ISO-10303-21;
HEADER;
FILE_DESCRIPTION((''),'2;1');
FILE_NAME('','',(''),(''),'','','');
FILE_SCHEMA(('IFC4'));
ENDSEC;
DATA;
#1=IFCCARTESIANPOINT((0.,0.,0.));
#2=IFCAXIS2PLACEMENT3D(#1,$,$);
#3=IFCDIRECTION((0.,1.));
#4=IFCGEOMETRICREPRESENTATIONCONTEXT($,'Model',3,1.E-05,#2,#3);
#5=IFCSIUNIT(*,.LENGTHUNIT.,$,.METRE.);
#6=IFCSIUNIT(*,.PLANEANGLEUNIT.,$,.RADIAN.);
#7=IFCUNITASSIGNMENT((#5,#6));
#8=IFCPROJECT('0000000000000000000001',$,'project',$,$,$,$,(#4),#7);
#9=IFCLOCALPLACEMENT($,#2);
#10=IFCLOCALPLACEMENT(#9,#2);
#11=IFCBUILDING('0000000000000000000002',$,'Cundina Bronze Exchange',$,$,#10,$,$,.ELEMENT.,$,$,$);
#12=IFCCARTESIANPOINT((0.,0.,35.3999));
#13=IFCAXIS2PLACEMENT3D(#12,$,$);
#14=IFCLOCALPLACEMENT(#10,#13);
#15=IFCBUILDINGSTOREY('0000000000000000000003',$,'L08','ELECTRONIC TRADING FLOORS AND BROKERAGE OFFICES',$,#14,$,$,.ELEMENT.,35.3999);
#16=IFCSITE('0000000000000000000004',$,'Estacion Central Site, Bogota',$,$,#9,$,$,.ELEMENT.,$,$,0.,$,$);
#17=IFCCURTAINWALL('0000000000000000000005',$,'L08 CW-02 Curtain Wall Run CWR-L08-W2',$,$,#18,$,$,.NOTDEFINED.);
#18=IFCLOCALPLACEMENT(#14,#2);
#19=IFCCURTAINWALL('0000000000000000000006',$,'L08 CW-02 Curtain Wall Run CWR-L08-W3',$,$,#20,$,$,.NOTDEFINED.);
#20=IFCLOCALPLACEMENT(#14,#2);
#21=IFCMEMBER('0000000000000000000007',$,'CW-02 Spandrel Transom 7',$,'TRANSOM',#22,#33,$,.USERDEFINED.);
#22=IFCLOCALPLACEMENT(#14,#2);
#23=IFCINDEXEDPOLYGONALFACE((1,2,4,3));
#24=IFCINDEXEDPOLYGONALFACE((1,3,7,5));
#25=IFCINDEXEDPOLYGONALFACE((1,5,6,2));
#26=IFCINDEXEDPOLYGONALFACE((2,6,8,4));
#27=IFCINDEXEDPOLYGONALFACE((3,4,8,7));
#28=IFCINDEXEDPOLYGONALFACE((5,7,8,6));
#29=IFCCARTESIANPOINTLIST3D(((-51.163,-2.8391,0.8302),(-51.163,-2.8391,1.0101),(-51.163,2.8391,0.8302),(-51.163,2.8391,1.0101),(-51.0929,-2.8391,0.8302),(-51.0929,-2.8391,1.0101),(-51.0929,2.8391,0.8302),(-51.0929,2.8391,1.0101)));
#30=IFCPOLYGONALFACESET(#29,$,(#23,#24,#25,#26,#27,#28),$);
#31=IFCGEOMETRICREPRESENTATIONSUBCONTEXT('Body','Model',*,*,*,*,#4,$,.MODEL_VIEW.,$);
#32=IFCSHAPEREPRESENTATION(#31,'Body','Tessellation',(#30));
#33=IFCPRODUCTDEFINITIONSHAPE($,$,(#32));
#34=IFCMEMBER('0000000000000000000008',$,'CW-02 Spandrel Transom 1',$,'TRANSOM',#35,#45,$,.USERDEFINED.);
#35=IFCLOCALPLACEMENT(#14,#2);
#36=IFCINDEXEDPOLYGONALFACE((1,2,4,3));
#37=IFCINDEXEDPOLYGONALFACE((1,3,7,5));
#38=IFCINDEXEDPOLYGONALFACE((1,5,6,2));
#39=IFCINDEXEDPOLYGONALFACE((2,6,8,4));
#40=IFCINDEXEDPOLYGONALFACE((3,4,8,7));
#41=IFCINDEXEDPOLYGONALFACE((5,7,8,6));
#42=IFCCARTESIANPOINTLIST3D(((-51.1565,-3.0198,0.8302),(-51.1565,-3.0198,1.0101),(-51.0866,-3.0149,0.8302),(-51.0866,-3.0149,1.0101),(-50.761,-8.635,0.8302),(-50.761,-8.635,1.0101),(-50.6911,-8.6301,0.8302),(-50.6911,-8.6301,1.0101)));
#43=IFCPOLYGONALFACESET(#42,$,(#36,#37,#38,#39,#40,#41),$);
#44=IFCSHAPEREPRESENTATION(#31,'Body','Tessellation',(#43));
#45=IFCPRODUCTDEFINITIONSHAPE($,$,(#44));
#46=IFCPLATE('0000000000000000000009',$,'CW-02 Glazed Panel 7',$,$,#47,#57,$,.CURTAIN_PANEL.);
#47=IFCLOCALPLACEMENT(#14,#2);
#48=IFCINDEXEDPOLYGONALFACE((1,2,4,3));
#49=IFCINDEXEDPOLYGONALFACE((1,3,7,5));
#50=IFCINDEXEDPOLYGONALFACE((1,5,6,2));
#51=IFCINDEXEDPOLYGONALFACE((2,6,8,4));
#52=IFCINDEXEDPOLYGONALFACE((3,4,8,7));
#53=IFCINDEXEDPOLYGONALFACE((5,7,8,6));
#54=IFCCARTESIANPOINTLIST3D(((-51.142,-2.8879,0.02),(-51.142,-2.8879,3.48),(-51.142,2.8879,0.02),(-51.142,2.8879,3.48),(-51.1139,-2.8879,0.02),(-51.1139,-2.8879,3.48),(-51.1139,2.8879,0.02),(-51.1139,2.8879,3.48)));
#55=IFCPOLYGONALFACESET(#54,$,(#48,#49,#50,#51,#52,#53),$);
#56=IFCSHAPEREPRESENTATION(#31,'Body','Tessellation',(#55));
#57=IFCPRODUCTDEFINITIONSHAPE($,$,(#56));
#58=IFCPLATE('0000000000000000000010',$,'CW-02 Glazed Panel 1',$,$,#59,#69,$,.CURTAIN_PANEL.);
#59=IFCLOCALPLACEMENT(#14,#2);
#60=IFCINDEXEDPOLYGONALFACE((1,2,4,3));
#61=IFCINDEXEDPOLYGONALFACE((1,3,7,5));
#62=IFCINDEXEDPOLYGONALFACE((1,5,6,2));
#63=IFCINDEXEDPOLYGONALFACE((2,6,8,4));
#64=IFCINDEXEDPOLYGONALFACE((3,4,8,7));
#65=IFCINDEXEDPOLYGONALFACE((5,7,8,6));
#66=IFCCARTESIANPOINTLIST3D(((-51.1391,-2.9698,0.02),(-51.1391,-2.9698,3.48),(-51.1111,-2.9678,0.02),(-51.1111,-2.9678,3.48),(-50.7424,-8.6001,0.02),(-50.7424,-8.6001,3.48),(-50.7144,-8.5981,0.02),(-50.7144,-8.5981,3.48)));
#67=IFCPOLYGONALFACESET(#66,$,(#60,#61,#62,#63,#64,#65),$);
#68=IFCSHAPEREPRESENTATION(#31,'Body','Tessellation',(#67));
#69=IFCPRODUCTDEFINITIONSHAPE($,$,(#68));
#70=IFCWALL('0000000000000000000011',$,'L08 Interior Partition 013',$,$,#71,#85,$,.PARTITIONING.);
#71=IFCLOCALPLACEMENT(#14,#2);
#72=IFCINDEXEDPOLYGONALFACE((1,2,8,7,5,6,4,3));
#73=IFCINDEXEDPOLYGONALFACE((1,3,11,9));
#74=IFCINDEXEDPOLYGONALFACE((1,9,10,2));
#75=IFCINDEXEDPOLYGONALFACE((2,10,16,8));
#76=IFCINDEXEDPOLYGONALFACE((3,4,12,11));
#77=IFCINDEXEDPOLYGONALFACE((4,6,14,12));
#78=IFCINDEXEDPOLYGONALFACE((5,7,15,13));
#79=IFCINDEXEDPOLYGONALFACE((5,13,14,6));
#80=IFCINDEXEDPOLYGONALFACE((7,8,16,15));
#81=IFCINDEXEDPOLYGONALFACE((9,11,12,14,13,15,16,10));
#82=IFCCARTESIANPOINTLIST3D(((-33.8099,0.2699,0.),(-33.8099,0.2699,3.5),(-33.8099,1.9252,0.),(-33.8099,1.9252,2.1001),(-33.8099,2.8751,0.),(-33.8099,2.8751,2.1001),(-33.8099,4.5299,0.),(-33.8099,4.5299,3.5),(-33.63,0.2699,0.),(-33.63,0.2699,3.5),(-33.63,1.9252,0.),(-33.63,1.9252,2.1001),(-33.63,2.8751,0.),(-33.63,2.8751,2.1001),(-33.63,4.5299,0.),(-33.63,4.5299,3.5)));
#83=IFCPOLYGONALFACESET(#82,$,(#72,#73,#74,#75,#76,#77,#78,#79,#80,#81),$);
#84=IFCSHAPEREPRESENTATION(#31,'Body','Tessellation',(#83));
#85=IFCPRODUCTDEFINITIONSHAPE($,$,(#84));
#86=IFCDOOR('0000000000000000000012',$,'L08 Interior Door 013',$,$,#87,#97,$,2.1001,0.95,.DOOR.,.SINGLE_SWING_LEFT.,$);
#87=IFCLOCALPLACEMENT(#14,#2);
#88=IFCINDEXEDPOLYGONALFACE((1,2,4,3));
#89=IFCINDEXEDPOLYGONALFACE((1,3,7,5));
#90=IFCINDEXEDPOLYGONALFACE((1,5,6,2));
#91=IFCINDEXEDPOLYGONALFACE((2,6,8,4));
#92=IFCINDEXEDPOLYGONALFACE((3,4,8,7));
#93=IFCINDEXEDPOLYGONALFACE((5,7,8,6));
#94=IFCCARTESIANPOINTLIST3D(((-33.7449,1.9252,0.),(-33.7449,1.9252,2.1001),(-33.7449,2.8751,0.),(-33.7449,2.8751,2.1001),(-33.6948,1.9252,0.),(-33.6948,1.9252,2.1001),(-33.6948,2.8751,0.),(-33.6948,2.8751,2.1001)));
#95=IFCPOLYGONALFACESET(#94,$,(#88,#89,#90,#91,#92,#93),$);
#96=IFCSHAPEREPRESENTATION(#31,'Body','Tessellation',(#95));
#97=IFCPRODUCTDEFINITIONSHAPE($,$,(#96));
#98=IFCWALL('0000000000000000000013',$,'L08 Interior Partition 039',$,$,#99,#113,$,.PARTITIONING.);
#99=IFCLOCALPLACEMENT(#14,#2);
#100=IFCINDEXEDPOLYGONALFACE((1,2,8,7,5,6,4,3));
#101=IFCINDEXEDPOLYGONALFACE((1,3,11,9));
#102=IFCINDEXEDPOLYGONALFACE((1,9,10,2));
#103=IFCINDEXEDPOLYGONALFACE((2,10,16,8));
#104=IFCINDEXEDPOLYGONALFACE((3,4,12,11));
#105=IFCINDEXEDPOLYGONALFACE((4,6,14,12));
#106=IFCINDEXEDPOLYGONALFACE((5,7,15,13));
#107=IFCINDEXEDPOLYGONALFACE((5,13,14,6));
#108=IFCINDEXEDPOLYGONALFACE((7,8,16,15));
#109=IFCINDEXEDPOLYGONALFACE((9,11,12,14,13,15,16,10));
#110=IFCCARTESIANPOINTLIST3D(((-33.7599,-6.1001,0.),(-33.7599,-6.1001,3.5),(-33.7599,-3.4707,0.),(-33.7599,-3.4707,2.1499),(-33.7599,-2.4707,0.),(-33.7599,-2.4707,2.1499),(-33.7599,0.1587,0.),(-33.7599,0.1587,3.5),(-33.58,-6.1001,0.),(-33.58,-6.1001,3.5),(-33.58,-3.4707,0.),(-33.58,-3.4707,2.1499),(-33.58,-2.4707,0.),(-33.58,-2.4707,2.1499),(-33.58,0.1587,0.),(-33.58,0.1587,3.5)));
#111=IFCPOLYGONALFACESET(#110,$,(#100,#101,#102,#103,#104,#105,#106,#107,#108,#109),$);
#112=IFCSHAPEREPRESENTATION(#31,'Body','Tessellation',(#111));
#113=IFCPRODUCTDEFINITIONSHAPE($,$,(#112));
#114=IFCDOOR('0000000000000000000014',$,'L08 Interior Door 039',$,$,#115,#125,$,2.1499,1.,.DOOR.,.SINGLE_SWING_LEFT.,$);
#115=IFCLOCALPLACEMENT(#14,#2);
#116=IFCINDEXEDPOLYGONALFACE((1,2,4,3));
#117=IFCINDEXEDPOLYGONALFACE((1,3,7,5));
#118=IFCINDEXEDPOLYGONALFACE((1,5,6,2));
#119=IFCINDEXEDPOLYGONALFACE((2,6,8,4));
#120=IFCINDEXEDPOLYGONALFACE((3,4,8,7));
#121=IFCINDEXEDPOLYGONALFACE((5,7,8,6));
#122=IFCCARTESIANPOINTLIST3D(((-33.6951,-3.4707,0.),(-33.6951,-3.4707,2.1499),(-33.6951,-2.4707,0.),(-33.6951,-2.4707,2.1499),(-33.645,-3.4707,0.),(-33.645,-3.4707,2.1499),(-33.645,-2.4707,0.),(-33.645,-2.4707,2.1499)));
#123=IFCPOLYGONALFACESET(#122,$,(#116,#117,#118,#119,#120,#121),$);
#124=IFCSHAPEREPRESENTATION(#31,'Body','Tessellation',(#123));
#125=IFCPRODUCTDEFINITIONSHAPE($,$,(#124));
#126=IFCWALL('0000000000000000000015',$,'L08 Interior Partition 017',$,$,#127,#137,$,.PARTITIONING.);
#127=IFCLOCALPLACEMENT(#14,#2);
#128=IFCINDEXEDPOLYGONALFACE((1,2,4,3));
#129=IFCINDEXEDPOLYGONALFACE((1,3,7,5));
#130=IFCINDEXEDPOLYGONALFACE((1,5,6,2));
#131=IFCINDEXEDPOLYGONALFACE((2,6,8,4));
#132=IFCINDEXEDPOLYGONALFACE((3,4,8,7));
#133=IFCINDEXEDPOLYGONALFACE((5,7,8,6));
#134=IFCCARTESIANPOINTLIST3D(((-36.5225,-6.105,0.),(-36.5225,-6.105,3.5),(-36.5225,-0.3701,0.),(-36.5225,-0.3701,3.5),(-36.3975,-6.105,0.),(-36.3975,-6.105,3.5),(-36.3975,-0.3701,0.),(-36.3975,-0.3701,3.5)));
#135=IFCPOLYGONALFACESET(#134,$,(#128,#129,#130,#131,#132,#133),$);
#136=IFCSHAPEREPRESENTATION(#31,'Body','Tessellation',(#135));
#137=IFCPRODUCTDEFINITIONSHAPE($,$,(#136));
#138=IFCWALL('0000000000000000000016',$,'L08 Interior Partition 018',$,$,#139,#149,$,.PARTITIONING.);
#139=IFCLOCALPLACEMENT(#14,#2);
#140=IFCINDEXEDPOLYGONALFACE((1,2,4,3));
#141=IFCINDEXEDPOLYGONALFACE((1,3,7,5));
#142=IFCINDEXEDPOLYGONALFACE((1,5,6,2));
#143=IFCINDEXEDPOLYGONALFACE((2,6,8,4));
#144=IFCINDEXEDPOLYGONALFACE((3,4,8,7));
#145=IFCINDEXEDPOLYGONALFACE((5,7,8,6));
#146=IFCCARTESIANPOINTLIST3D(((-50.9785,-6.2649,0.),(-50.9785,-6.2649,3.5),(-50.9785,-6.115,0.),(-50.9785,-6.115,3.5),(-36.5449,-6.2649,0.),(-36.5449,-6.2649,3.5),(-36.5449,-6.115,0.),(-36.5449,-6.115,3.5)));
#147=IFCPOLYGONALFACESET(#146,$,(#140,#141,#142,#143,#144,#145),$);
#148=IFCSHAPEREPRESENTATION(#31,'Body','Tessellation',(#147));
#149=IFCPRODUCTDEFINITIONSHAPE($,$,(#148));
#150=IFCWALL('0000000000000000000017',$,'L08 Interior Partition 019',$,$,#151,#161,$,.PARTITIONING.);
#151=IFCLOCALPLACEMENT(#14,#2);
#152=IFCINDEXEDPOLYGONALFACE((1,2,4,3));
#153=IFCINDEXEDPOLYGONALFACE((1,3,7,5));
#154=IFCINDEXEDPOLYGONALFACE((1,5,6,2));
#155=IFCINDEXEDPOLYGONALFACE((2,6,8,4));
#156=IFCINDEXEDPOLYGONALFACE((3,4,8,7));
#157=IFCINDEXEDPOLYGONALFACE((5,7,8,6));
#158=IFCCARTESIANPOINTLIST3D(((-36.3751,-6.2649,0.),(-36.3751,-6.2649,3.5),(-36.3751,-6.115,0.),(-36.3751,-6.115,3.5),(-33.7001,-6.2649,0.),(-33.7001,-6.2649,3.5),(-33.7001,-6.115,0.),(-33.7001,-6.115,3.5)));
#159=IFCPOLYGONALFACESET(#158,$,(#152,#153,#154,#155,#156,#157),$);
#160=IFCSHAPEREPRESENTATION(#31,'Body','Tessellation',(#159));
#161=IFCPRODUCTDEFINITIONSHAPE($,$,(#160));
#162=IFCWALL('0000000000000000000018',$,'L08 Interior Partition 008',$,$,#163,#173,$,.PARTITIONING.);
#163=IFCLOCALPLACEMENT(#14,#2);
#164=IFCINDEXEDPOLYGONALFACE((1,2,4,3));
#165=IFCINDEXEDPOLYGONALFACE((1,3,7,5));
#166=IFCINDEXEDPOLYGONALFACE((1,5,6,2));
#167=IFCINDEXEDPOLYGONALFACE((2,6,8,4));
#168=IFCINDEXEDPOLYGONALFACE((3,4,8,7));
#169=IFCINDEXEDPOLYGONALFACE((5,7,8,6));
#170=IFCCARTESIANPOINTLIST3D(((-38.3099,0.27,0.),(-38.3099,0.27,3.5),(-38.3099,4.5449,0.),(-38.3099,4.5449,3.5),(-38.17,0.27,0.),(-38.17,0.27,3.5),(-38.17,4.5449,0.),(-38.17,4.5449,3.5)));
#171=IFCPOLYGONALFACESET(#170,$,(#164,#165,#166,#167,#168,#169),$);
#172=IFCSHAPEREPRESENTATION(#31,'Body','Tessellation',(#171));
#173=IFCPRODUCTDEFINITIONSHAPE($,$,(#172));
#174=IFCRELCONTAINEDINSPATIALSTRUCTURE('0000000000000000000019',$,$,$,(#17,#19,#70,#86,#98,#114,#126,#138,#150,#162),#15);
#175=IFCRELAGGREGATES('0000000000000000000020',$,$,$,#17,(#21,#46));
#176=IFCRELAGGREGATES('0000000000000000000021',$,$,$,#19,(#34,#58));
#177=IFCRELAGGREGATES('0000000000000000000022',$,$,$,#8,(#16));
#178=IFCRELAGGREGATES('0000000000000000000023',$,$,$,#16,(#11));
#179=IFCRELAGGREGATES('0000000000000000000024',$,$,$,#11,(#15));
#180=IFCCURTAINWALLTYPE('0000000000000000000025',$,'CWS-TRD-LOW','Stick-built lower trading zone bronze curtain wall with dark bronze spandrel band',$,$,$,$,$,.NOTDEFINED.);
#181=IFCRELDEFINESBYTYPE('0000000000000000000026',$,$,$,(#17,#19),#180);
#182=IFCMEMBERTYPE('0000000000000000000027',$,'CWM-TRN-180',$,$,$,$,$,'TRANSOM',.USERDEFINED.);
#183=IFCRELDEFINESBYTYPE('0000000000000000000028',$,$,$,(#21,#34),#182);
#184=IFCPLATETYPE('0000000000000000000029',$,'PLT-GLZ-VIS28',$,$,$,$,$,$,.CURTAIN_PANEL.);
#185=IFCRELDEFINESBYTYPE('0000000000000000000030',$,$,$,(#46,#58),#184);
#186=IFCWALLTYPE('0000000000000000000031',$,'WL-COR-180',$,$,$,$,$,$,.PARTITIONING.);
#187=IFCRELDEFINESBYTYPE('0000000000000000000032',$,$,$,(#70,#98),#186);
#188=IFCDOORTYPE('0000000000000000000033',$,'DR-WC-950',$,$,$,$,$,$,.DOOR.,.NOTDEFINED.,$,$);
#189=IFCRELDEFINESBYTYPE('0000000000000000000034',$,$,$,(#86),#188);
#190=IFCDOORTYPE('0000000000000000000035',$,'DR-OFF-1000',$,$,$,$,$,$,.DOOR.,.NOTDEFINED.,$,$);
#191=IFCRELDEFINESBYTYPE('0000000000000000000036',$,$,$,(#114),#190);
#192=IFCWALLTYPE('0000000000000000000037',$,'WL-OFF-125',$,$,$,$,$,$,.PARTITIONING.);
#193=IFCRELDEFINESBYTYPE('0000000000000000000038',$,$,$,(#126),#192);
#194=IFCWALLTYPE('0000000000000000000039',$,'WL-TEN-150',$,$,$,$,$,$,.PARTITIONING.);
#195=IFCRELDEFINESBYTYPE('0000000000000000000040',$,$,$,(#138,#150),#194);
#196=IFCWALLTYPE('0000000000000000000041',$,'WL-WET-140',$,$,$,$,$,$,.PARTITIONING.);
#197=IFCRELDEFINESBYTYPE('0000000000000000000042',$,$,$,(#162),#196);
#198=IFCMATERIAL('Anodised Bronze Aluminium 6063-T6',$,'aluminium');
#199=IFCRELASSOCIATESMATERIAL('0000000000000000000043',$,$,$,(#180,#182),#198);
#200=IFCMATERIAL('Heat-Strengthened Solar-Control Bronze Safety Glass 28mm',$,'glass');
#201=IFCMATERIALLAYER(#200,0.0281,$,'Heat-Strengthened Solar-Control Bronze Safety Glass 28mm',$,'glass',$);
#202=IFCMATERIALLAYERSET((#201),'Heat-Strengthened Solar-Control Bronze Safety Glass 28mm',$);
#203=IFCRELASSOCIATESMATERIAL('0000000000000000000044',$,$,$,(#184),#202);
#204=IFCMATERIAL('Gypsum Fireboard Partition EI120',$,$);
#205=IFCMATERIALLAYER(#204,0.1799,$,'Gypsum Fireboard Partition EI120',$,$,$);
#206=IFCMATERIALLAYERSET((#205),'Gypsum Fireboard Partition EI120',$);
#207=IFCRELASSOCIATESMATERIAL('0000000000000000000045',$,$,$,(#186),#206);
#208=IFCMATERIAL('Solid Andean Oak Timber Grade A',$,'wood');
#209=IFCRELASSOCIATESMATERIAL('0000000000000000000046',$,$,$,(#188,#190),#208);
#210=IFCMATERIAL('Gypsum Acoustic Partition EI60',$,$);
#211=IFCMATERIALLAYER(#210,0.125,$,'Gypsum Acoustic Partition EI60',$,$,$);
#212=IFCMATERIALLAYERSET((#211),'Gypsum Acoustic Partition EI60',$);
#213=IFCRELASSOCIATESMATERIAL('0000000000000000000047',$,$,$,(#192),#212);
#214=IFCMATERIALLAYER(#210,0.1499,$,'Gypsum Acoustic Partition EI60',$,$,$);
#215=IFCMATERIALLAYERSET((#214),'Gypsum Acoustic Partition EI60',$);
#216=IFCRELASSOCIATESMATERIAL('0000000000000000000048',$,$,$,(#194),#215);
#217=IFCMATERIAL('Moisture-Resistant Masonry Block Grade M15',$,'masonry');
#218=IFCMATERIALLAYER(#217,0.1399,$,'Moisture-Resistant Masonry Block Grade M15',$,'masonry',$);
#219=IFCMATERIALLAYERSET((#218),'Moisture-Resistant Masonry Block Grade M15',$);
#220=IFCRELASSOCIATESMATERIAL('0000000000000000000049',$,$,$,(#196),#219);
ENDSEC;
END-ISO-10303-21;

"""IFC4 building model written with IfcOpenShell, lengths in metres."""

from ifc_helpers import new_model, si_unit, direction, frame, frame_2d, origin, origin_2d, place, context, subcontext, project, spatial, rectangle, extrude, material, layer, layer_set, material_profile, profile_set, type_object, element, fill, aggregate, save


model = new_model("IFC4")

# Units and contexts
model_context = context("Model", 3, precision=1e-05, world=origin(), true_north=direction((0.0, 1.0)))
body_context = subcontext(model_context, "Body", "Model", "MODEL_VIEW")
ifc_project = project(units=[si_unit("LENGTHUNIT", "METRE"), si_unit("PLANEANGLEUNIT", "RADIAN")], contexts=[model_context])

# Site, building, storey
site_placement = place(None, origin())
site = spatial("IfcSite", under=ifc_project, at=site_placement, Name="Estacion Central Site, Bogota", CompositionType="ELEMENT", RefElevation=0.0)
building_placement = place(site_placement, origin())
building = spatial("IfcBuilding", under=site, at=building_placement, Name="Cundina Bronze Exchange", CompositionType="ELEMENT")
storey_placement = place(building_placement, frame((0.0, 0.0, 35.3999)))
storey = spatial("IfcBuildingStorey", under=building, at=storey_placement, Name="L08", Description="ELECTRONIC TRADING FLOORS AND BROKERAGE OFFICES", CompositionType="ELEMENT", Elevation=35.3999)

# Curtain walls
ifc_material_1 = material(Name="Anodised Bronze Aluminium 6063-T6", Category="aluminium")
curtain_wall_type = type_object("IfcCurtainWallType", Name="CWS-TRD-LOW", Description="Stick-built lower trading zone bronze curtain wall with dark bronze spandrel band", PredefinedType="NOTDEFINED", material=ifc_material_1)
curtain_wall_1_placement = place(storey_placement, origin())
curtain_wall_1 = element("IfcCurtainWall", 1, at=curtain_wall_1_placement, inside=storey, type_object=curtain_wall_type, Name="L08 CW-02 Curtain Wall Run CWR-L08-W2", PredefinedType="NOTDEFINED")
curtain_wall_2_placement = place(storey_placement, origin())
curtain_wall_2 = element("IfcCurtainWall", 2, at=curtain_wall_2_placement, inside=storey, type_object=curtain_wall_type, Name="L08 CW-02 Curtain Wall Run CWR-L08-W3", PredefinedType="NOTDEFINED")

# Members
ifc_material_profile_1 = material_profile(ifc_material_1, rectangle(XDim=0.0701, YDim=0.1799, at=origin_2d()), Name="AL70X180", Category="aluminium")
ifc_profile_set_1 = profile_set([ifc_material_profile_1], Name="Anodised Bronze Aluminium 6063-T6")
member_type_1 = type_object("IfcMemberType", Name="CWM-TRN-180", ElementType="TRANSOM", PredefinedType="USERDEFINED", material=ifc_profile_set_1)
member_1_placement = place(storey_placement, frame((-51.1279, 2.8391, 0.9202), z_axis=(0.0, -1.0, 0.0), x_axis=(1.0, 0.0, 0.0)))
member_1 = element("IfcMember", 3, at=member_1_placement, type_object=member_type_1, Name="CW-02 Spandrel Transom 7", ObjectType="TRANSOM", PredefinedType="USERDEFINED", context=body_context, shape_type="SweptSolid", body=[
    extrude(rectangle(XDim=0.0701, YDim=0.1799, at=origin_2d()), origin(), (0.0, 0.0, 1.0), 5.6782),
])
member_2_placement = place(storey_placement, frame((-51.1216, -3.0173, 0.9202), z_axis=(0.070261, -0.997529, 0.0), x_axis=(0.997529, 0.070261, 0.0)))
member_2 = element("IfcMember", 4, at=member_2_placement, type_object=member_type_1, Name="CW-02 Spandrel Transom 1", ObjectType="TRANSOM", PredefinedType="USERDEFINED", context=body_context, shape_type="SweptSolid", body=[
    extrude(rectangle(XDim=0.0701, YDim=0.1799, at=origin_2d()), origin(), (0.0, 0.0, 1.0), 5.6292),
])

# Plates
ifc_material_2 = material(Name="Heat-Strengthened Solar-Control Bronze Safety Glass 28mm", Category="glass")
ifc_layer_1 = layer(ifc_material_2, 0.0281, Name="Heat-Strengthened Solar-Control Bronze Safety Glass 28mm", Category="glass")
ifc_layer_set_1 = layer_set([ifc_layer_1], Name="Heat-Strengthened Solar-Control Bronze Safety Glass 28mm")
plate_type = type_object("IfcPlateType", Name="PLT-GLZ-VIS28", PredefinedType="CURTAIN_PANEL", material=ifc_layer_set_1)
plate_1_placement = place(storey_placement, frame((-51.1279, 0.0, 0.02), z_axis=(0.0, 0.0, 1.0), x_axis=(0.0, -1.0, 0.0)))
plate_1 = element("IfcPlate", 5, at=plate_1_placement, type_object=plate_type, Name="CW-02 Glazed Panel 7", PredefinedType="CURTAIN_PANEL", context=body_context, shape_type="SweptSolid", body=[
    extrude(rectangle(XDim=5.7759, YDim=0.0281, at=origin_2d()), origin(), (0.0, 0.0, 1.0), 3.46),
])
aggregate(curtain_wall_1, [member_1, plate_1])
plate_2_placement = place(storey_placement, frame((-50.9268, -5.7839, 0.02), z_axis=(0.0, 0.0, 1.0), x_axis=(0.070279, -0.997527, 0.0)))
plate_2 = element("IfcPlate", 6, at=plate_2_placement, type_object=plate_type, Name="CW-02 Glazed Panel 1", PredefinedType="CURTAIN_PANEL", context=body_context, shape_type="SweptSolid", body=[
    extrude(rectangle(XDim=5.6443, YDim=0.0281, at=origin_2d()), origin(), (0.0, 0.0, 1.0), 3.46),
])
aggregate(curtain_wall_2, [member_2, plate_2])

# Walls, openings, doors
ifc_material_3 = material(Name="Gypsum Fireboard Partition EI120")
ifc_layer_2 = layer(ifc_material_3, 0.1799, Name="Gypsum Fireboard Partition EI120")
ifc_layer_set_2 = layer_set([ifc_layer_2], Name="Gypsum Fireboard Partition EI120")
wall_type_1 = type_object("IfcWallType", Name="WL-COR-180", PredefinedType="PARTITIONING", material=ifc_layer_set_2)
wall_1_placement = place(storey_placement, frame((-33.72, 0.27, 0.0), z_axis=(0.0, 0.0, 1.0), x_axis=(0.0, 1.0, 0.0)))
wall_1 = element("IfcWall", 7, at=wall_1_placement, inside=storey, type_object=wall_type_1, Name="L08 Interior Partition 013", PredefinedType="PARTITIONING", context=body_context, shape_type="SweptSolid", body=[
    extrude(rectangle(XDim=4.26, YDim=0.1799, at=frame_2d((2.1299, 0.0))), origin(), (0.0, 0.0, 1.0), 3.5),
])
opening_1_placement = place(wall_1_placement, frame((1.655, 0.0, 0.0)))
opening_1 = element("IfcOpeningElement", 8, at=opening_1_placement, cuts=wall_1, PredefinedType="OPENING", context=body_context, shape_type="SweptSolid", body=[
    extrude(rectangle(XDim=0.95, YDim=2.1001, at=frame_2d((0.4751, 1.05))), frame((0.0, 0.0999, 0.0), z_axis=(0.0, -1.0, 0.0), x_axis=(1.0, 0.0, 0.0)), (0.0, 0.0, 1.0), 0.2),
])
ifc_material_4 = material(Name="Solid Andean Oak Timber Grade A", Category="wood")
door_type_1 = type_object("IfcDoorType", Name="DR-WC-950", OperationType="NOTDEFINED", PredefinedType="DOOR", material=ifc_material_4)
door_1_placement = place(opening_1_placement, origin())
door_1 = element("IfcDoor", 9, at=door_1_placement, inside=storey, type_object=door_type_1, Name="L08 Interior Door 013", OperationType="SINGLE_SWING_LEFT", OverallHeight=2.1001, OverallWidth=0.95, PredefinedType="DOOR", context=body_context, shape_type="SweptSolid", body=[
    extrude(rectangle(XDim=0.95, YDim=2.1001, at=frame_2d((0.4751, 1.05))), frame((0.0, 0.0249, 0.0), z_axis=(0.0, -1.0, 0.0), x_axis=(1.0, 0.0, 0.0)), (0.0, 0.0, 1.0), 0.05),
])
fill(opening_1, door_1)
door_type_2 = type_object("IfcDoorType", Name="DR-OFF-1000", OperationType="NOTDEFINED", PredefinedType="DOOR", material=ifc_material_4)
wall_2_placement = place(storey_placement, frame((-33.6699, 0.1587, 0.0), z_axis=(0.0, 0.0, 1.0), x_axis=(0.0, -1.0, 0.0)))
wall_2 = element("IfcWall", 10, at=wall_2_placement, inside=storey, type_object=wall_type_1, Name="L08 Interior Partition 039", PredefinedType="PARTITIONING", context=body_context, shape_type="SweptSolid", body=[
    extrude(rectangle(XDim=6.2588, YDim=0.1799, at=frame_2d((3.1294, 0.0))), origin(), (0.0, 0.0, 1.0), 3.5),
])
opening_2_placement = place(wall_2_placement, frame((2.6294, 0.0, 0.0)))
opening_2 = element("IfcOpeningElement", 11, at=opening_2_placement, cuts=wall_2, PredefinedType="OPENING", context=body_context, shape_type="SweptSolid", body=[
    extrude(rectangle(XDim=1.0, YDim=2.1499, at=frame_2d((0.5, 1.075))), frame((0.0, 0.0999, 0.0), z_axis=(0.0, -1.0, 0.0), x_axis=(1.0, 0.0, 0.0)), (0.0, 0.0, 1.0), 0.2),
])
door_2_placement = place(opening_2_placement, origin())
door_2 = element("IfcDoor", 12, at=door_2_placement, inside=storey, type_object=door_type_2, Name="L08 Interior Door 039", OperationType="SINGLE_SWING_LEFT", OverallHeight=2.1499, OverallWidth=1.0, PredefinedType="DOOR", context=body_context, shape_type="SweptSolid", body=[
    extrude(rectangle(XDim=1.0, YDim=2.1499, at=frame_2d((0.5, 1.075))), frame((0.0, 0.0249, 0.0), z_axis=(0.0, -1.0, 0.0), x_axis=(1.0, 0.0, 0.0)), (0.0, 0.0, 1.0), 0.05),
])
fill(opening_2, door_2)

# Walls
ifc_material_5 = material(Name="Gypsum Acoustic Partition EI60")
ifc_layer_3 = layer(ifc_material_5, 0.125, Name="Gypsum Acoustic Partition EI60")
ifc_layer_set_3 = layer_set([ifc_layer_3], Name="Gypsum Acoustic Partition EI60")
wall_type_2 = type_object("IfcWallType", Name="WL-OFF-125", PredefinedType="PARTITIONING", material=ifc_layer_set_3)
wall_3_placement = place(storey_placement, frame((-36.46, -6.105, 0.0), z_axis=(0.0, 0.0, 1.0), x_axis=(0.0, 1.0, 0.0)))
element("IfcWall", 13, at=wall_3_placement, inside=storey, type_object=wall_type_2, Name="L08 Interior Partition 017", PredefinedType="PARTITIONING", context=body_context, shape_type="SweptSolid", body=[
    extrude(rectangle(XDim=5.7349, YDim=0.125, at=frame_2d((2.8674, 0.0))), origin(), (0.0, 0.0, 1.0), 3.5),
])
ifc_layer_4 = layer(ifc_material_5, 0.1499, Name="Gypsum Acoustic Partition EI60")
ifc_layer_set_4 = layer_set([ifc_layer_4], Name="Gypsum Acoustic Partition EI60")
wall_type_3 = type_object("IfcWallType", Name="WL-TEN-150", PredefinedType="PARTITIONING", material=ifc_layer_set_4)
wall_4_placement = place(storey_placement, frame((-50.9785, -6.1899, 0.0), z_axis=(0.0, 0.0, 1.0), x_axis=(1.0, 0.0, 0.0)))
element("IfcWall", 14, at=wall_4_placement, inside=storey, type_object=wall_type_3, Name="L08 Interior Partition 018", PredefinedType="PARTITIONING", context=body_context, shape_type="SweptSolid", body=[
    extrude(rectangle(XDim=14.4336, YDim=0.1499, at=frame_2d((7.2168, 0.0))), origin(), (0.0, 0.0, 1.0), 3.5),
])
wall_5_placement = place(storey_placement, frame((-36.375, -6.1899, 0.0), z_axis=(0.0, 0.0, 1.0), x_axis=(1.0, 0.0, 0.0)))
element("IfcWall", 15, at=wall_5_placement, inside=storey, type_object=wall_type_3, Name="L08 Interior Partition 019", PredefinedType="PARTITIONING", context=body_context, shape_type="SweptSolid", body=[
    extrude(rectangle(XDim=2.675, YDim=0.1499, at=frame_2d((1.3374, 0.0))), origin(), (0.0, 0.0, 1.0), 3.5),
])
ifc_material_6 = material(Name="Moisture-Resistant Masonry Block Grade M15", Category="masonry")
ifc_layer_5 = layer(ifc_material_6, 0.1399, Name="Moisture-Resistant Masonry Block Grade M15", Category="masonry")
ifc_layer_set_5 = layer_set([ifc_layer_5], Name="Moisture-Resistant Masonry Block Grade M15")
wall_type_4 = type_object("IfcWallType", Name="WL-WET-140", PredefinedType="PARTITIONING", material=ifc_layer_set_5)
wall_6_placement = place(storey_placement, frame((-38.24, 0.27, 0.0), z_axis=(0.0, 0.0, 1.0), x_axis=(0.0, 1.0, 0.0)))
element("IfcWall", 16, at=wall_6_placement, inside=storey, type_object=wall_type_4, Name="L08 Interior Partition 008", PredefinedType="PARTITIONING", context=body_context, shape_type="SweptSolid", body=[
    extrude(rectangle(XDim=4.2749, YDim=0.1399, at=frame_2d((2.1375, 0.0))), origin(), (0.0, 0.0, 1.0), 3.5),
])

save(model, "model.ifc")
